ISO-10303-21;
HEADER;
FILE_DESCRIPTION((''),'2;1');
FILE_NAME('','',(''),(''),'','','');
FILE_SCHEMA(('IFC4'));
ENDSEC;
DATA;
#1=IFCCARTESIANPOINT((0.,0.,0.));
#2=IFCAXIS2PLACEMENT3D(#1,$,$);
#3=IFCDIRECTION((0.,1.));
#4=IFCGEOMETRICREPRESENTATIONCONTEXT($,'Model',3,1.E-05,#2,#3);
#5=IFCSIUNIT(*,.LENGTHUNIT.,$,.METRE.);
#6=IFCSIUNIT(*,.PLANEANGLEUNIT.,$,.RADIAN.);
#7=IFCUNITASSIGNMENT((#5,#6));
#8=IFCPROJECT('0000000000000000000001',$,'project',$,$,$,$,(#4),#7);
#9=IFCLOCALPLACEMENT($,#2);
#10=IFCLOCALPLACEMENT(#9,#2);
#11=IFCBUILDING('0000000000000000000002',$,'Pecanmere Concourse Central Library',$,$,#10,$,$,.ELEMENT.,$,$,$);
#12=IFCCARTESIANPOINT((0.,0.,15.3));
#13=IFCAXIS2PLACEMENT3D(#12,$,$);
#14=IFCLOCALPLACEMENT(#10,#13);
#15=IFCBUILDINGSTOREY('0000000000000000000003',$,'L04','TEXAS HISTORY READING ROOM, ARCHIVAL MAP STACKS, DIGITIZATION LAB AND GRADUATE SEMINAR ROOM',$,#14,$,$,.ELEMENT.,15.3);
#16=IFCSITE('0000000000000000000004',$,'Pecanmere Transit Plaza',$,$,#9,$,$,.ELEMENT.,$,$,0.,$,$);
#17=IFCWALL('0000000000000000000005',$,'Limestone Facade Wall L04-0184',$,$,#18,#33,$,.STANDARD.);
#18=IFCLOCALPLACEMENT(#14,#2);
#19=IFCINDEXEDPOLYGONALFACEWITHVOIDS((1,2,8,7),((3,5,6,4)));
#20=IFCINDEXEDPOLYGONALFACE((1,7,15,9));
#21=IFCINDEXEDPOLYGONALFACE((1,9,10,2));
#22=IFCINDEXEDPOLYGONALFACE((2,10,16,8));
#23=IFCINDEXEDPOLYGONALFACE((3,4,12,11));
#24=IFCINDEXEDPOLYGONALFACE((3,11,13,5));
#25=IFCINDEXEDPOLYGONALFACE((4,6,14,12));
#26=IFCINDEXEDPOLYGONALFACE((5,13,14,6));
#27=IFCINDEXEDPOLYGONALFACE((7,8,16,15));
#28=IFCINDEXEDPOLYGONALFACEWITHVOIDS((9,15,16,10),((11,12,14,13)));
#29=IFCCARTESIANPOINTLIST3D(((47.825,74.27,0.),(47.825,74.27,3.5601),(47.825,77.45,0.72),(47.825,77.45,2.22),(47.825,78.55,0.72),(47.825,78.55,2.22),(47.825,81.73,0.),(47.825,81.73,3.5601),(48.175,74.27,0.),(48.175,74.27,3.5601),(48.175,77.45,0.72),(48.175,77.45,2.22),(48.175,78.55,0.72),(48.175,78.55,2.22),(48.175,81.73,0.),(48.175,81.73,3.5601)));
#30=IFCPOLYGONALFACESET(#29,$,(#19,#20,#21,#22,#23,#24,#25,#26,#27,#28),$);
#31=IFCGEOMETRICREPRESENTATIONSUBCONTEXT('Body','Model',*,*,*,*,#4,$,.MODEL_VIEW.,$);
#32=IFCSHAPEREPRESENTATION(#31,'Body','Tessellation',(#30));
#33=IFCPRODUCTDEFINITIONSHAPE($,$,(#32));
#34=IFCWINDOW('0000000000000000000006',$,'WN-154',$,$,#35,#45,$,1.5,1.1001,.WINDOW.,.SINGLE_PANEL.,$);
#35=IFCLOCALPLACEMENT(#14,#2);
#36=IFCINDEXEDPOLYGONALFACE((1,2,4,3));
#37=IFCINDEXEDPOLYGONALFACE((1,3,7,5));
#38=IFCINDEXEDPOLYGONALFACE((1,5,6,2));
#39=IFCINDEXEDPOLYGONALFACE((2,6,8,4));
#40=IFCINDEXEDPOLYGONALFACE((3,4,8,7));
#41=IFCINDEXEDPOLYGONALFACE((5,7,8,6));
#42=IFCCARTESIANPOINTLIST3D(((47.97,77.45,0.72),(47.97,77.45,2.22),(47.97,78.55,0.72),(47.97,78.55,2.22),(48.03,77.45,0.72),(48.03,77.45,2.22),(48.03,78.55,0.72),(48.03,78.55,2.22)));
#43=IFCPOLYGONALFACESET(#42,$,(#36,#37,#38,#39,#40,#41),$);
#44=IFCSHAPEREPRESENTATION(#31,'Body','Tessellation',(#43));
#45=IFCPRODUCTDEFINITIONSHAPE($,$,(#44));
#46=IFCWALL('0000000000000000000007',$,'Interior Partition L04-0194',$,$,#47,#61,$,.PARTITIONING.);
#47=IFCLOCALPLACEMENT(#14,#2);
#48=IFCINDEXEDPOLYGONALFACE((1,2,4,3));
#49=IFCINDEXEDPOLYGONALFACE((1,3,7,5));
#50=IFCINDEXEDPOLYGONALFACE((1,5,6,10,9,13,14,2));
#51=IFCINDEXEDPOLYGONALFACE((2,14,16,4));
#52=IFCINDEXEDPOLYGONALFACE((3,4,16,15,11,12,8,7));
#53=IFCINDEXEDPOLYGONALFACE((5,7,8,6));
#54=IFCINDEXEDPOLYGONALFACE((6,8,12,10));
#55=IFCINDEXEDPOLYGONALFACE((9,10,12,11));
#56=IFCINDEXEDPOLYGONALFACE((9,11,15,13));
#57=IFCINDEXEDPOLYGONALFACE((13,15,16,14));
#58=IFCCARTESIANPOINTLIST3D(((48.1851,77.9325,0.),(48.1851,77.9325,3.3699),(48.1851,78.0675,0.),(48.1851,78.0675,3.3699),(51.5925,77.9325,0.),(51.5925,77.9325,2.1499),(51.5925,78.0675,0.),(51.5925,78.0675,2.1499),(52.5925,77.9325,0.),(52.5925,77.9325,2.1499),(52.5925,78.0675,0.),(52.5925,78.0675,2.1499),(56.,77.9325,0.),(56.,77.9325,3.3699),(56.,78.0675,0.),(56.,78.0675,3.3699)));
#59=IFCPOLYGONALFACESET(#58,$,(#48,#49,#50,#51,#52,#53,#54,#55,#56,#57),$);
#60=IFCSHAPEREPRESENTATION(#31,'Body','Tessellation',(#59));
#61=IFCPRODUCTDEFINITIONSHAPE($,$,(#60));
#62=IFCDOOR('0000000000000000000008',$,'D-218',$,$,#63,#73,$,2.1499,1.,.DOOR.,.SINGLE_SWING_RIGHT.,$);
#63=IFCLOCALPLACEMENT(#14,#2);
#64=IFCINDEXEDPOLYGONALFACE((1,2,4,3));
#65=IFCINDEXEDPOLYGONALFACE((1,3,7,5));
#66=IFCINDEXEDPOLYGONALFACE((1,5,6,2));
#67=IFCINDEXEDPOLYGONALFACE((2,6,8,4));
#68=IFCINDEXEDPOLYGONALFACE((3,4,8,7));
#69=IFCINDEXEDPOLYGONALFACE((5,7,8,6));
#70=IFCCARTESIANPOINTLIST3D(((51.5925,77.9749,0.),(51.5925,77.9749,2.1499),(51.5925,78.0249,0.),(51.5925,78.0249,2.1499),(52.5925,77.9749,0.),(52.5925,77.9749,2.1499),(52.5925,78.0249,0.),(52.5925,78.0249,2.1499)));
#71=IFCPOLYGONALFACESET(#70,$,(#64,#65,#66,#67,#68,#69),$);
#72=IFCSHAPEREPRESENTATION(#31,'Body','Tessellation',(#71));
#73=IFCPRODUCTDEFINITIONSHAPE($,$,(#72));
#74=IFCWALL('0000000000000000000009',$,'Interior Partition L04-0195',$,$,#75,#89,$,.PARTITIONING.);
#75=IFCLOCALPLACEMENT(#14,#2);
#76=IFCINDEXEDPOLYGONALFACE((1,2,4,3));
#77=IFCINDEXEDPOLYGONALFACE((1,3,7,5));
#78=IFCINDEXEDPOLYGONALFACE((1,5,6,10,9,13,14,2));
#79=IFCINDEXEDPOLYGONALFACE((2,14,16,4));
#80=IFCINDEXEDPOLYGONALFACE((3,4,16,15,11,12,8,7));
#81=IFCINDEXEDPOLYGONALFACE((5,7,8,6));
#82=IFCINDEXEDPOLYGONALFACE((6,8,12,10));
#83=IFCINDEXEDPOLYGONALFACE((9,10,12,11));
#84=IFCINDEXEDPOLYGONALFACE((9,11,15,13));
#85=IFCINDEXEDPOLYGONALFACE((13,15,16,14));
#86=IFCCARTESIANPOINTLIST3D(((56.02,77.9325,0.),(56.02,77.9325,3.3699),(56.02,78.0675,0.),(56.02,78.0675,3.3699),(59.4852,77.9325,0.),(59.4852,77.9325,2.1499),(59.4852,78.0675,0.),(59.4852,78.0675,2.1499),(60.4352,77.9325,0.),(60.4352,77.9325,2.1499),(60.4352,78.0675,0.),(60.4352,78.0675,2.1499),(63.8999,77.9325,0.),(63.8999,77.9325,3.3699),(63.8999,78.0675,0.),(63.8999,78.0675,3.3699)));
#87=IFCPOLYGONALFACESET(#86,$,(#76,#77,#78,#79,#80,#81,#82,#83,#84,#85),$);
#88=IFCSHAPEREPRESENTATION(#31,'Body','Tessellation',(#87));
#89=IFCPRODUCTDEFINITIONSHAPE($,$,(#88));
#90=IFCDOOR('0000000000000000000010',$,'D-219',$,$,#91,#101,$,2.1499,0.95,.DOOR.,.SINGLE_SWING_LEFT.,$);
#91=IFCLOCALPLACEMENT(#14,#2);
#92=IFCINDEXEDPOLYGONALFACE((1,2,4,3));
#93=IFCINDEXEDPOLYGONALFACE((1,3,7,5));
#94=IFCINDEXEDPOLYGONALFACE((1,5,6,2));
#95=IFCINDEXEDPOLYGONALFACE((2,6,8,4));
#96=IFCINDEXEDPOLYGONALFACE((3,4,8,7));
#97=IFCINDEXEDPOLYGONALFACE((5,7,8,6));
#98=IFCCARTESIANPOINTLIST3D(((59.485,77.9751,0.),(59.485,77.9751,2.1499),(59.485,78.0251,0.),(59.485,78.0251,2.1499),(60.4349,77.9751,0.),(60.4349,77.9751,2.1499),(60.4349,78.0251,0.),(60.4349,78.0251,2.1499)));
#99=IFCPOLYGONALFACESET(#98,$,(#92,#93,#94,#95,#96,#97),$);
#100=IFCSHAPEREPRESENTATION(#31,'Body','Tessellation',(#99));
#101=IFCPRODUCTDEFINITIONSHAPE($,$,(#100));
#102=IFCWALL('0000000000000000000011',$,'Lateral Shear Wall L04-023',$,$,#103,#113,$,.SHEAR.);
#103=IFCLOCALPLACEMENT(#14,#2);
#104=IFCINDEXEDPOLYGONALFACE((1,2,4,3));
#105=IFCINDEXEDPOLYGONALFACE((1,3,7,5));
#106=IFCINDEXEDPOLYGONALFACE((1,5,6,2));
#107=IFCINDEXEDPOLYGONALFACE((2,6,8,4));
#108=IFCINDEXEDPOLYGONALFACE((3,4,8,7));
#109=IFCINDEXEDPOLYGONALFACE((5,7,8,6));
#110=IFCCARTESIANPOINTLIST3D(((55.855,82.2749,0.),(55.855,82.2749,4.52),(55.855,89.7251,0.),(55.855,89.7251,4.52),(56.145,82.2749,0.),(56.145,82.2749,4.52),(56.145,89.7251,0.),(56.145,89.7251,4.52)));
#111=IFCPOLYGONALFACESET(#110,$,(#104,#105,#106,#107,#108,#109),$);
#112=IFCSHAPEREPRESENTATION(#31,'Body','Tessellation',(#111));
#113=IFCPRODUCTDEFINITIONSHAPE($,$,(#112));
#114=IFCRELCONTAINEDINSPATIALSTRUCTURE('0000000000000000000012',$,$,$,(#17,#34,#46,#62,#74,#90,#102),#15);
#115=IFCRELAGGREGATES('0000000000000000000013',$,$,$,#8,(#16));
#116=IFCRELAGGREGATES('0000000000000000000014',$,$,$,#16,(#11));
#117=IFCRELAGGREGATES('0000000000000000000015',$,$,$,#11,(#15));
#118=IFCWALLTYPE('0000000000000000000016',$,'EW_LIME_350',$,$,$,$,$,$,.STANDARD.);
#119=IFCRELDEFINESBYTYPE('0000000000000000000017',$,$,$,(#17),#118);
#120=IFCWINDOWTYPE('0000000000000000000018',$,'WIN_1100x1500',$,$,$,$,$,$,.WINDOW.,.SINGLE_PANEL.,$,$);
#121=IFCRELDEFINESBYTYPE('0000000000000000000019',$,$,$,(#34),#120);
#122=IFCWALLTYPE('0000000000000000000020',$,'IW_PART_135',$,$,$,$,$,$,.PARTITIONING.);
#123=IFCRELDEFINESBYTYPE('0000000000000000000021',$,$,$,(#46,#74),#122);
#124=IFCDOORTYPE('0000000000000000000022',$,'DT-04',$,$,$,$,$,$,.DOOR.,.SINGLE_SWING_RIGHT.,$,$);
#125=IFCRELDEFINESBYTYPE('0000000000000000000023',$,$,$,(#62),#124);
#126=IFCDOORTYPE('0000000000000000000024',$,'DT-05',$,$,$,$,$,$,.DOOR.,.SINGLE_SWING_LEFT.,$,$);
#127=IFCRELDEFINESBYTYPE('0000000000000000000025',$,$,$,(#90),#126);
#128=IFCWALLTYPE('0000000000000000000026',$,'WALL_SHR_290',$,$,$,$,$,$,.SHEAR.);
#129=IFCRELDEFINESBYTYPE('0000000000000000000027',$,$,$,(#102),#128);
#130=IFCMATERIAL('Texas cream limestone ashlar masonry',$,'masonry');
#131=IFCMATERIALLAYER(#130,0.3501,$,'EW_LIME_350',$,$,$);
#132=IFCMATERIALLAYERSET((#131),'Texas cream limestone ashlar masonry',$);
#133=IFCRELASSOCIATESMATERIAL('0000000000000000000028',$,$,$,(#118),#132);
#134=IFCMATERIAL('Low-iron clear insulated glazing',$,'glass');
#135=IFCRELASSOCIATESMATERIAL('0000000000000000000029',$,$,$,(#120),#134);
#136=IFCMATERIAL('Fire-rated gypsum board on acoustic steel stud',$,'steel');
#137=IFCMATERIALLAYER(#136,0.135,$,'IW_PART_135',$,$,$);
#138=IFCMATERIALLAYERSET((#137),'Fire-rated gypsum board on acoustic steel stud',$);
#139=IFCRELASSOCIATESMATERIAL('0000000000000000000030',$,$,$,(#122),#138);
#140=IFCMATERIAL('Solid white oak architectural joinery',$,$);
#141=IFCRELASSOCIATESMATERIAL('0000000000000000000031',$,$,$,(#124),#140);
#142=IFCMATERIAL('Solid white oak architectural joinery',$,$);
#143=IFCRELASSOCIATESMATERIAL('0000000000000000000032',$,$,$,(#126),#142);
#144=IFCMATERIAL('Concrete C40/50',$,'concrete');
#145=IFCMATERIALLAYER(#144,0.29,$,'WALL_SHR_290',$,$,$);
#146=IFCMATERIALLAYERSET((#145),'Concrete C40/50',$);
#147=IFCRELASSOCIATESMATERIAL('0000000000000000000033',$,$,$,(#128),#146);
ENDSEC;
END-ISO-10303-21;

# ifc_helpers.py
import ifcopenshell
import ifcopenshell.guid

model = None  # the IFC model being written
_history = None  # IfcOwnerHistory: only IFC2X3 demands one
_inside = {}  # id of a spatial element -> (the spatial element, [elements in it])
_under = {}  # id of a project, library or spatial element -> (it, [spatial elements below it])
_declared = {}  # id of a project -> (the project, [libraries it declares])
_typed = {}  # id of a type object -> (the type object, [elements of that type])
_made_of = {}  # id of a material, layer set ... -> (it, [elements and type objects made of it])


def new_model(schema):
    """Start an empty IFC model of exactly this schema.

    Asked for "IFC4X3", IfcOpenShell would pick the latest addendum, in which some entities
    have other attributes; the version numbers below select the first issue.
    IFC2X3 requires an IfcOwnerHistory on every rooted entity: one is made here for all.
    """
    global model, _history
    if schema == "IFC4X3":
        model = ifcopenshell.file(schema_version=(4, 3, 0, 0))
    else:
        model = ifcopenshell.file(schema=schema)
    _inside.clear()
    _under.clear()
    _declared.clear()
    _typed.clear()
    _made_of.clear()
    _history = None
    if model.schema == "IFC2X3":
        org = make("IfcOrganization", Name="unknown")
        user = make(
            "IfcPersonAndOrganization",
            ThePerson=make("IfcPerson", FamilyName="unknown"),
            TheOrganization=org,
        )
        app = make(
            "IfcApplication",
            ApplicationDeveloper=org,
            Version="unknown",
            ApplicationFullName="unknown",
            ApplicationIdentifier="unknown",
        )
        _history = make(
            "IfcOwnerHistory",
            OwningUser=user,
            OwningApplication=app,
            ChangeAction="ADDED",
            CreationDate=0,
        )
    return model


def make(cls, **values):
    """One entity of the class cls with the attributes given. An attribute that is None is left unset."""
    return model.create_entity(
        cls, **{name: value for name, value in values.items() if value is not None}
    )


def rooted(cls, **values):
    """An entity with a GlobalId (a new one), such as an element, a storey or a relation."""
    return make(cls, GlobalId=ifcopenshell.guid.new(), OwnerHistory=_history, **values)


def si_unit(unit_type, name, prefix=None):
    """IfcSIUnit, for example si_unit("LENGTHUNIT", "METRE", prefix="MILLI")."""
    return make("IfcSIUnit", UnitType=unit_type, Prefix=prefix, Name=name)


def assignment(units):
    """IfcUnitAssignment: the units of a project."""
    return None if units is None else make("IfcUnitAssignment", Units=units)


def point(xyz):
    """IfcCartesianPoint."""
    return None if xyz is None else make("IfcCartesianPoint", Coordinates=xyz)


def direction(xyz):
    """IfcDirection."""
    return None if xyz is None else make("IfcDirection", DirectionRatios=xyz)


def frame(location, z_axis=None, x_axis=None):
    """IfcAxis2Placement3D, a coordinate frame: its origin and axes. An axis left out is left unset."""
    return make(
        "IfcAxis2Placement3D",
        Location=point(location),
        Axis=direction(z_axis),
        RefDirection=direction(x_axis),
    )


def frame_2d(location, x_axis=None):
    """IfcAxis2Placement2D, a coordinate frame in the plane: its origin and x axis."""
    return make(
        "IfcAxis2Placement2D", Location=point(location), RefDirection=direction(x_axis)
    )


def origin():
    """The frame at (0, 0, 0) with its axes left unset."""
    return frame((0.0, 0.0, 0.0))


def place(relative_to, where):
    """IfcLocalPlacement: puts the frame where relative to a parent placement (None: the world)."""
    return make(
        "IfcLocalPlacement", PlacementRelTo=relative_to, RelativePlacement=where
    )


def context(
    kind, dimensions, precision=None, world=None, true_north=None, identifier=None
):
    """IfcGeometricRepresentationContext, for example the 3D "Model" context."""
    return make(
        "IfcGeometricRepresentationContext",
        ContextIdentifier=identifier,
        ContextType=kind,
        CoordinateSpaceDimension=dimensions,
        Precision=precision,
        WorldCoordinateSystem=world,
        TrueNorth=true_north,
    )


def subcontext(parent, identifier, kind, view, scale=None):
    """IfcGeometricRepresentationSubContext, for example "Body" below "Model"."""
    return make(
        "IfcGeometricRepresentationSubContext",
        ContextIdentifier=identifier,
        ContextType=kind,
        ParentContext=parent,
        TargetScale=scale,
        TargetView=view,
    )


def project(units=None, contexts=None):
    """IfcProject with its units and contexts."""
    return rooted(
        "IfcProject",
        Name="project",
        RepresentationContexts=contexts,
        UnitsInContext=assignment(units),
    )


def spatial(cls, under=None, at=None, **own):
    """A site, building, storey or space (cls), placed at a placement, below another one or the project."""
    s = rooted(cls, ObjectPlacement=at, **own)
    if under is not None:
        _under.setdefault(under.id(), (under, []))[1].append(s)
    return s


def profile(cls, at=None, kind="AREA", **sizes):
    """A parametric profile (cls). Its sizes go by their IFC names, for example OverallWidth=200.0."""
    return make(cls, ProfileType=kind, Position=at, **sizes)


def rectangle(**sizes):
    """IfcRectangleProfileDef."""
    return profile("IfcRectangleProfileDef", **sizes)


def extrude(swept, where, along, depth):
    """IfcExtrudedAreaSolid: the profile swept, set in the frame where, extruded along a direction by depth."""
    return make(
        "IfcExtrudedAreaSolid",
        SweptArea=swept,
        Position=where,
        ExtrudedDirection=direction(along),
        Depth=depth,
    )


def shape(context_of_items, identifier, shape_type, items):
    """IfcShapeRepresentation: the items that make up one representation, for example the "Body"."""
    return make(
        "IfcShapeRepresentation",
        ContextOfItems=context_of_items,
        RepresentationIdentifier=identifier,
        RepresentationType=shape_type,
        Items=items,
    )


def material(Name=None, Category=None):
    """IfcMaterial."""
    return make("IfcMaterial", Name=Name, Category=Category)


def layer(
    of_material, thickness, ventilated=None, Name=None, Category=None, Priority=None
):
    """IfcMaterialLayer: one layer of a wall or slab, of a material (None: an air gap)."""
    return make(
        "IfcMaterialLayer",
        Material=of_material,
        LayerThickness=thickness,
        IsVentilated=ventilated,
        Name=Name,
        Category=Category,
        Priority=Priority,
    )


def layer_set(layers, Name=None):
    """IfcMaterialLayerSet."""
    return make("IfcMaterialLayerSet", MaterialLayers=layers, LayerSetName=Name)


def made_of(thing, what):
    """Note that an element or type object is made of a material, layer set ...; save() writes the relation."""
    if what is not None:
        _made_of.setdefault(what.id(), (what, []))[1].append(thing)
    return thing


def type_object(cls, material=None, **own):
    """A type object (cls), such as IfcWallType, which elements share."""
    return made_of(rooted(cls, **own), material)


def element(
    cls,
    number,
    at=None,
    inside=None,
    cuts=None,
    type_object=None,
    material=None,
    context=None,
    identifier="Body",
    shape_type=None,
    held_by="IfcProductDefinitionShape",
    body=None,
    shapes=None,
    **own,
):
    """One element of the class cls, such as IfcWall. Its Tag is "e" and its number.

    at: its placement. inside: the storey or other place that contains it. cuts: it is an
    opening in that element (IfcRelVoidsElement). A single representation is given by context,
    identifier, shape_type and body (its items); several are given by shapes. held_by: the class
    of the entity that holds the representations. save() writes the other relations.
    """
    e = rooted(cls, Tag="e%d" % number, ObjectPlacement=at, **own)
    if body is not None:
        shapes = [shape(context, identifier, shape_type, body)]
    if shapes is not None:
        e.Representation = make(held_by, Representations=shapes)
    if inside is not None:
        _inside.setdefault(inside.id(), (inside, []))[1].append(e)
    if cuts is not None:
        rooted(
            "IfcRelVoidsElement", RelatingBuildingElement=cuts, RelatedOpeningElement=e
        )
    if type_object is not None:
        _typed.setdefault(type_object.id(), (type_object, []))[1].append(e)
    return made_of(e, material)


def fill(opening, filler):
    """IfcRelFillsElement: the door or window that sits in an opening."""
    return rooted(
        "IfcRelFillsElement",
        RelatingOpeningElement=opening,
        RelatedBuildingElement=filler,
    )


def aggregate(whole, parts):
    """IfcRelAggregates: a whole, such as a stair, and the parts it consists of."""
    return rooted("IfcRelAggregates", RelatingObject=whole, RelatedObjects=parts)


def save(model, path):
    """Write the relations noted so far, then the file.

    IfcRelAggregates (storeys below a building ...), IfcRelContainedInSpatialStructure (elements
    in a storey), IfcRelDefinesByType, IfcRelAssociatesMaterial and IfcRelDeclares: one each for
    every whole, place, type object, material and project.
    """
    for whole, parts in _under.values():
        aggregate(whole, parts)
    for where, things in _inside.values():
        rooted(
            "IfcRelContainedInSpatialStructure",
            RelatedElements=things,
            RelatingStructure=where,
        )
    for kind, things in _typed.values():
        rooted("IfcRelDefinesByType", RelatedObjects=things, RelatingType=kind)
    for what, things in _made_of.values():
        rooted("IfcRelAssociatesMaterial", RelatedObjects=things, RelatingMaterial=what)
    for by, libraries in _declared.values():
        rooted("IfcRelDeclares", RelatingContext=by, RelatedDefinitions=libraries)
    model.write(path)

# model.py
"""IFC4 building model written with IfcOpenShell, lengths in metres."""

from ifc_helpers import new_model, si_unit, direction, frame, frame_2d, origin, place, context, subcontext, project, spatial, rectangle, extrude, material, layer, layer_set, type_object, element, fill, save


model = new_model("IFC4")

# Units and contexts
model_context = context("Model", 3, precision=1e-05, world=origin(), true_north=direction((0.0, 1.0)))
body_context = subcontext(model_context, "Body", "Model", "MODEL_VIEW")
ifc_project = project(units=[si_unit("LENGTHUNIT", "METRE"), si_unit("PLANEANGLEUNIT", "RADIAN")], contexts=[model_context])

# Site, building, storey
site_placement = place(None, origin())
site = spatial("IfcSite", under=ifc_project, at=site_placement, Name="Pecanmere Transit Plaza", CompositionType="ELEMENT", RefElevation=0.0)
building_placement = place(site_placement, origin())
building = spatial("IfcBuilding", under=site, at=building_placement, Name="Pecanmere Concourse Central Library", CompositionType="ELEMENT")
storey_placement = place(building_placement, frame((0.0, 0.0, 15.3)))
storey = spatial("IfcBuildingStorey", under=building, at=storey_placement, Name="L04", Description="TEXAS HISTORY READING ROOM, ARCHIVAL MAP STACKS, DIGITIZATION LAB AND GRADUATE SEMINAR ROOM", CompositionType="ELEMENT", Elevation=15.3)

# Wall, opening, window
ifc_material_1 = material(Name="Texas cream limestone ashlar masonry", Category="masonry")
ifc_layer_1 = layer(ifc_material_1, 0.3501, Name="EW_LIME_350")
ifc_layer_set_1 = layer_set([ifc_layer_1], Name="Texas cream limestone ashlar masonry")
wall_type_1 = type_object("IfcWallType", Name="EW_LIME_350", PredefinedType="STANDARD", material=ifc_layer_set_1)
wall_1_placement = place(storey_placement, frame((48.0, 81.73, 0.0), z_axis=(0.0, 0.0, 1.0), x_axis=(0.0, -1.0, 0.0)))
wall_1 = element("IfcWall", 1, at=wall_1_placement, inside=storey, type_object=wall_type_1, Name="Limestone Facade Wall L04-0184", PredefinedType="STANDARD", context=body_context, shape_type="SweptSolid", body=[
    extrude(rectangle(XDim=7.46, YDim=0.3501, at=frame_2d((3.73, 0.0))), origin(), (0.0, 0.0, 1.0), 3.5601),
])
opening_1_placement = place(wall_1_placement, frame((3.1799, 0.0, 0.72)))
opening_1 = element("IfcOpeningElement", 2, at=opening_1_placement, cuts=wall_1, PredefinedType="OPENING", context=body_context, shape_type="SweptSolid", body=[
    extrude(rectangle(XDim=1.1001, YDim=1.5, at=frame_2d((0.55, 0.75))), frame((0.0, 0.187, 0.0), z_axis=(0.0, -1.0, 0.0), x_axis=(1.0, 0.0, 0.0)), (0.0, 0.0, 1.0), 0.374),
])
ifc_material_2 = material(Name="Low-iron clear insulated glazing", Category="glass")
window_type = type_object("IfcWindowType", Name="WIN_1100x1500", PartitioningType="SINGLE_PANEL", PredefinedType="WINDOW", material=ifc_material_2)
window_placement = place(opening_1_placement, origin())
window = element("IfcWindow", 3, at=window_placement, inside=storey, type_object=window_type, Name="WN-154", OverallHeight=1.5, OverallWidth=1.1001, PartitioningType="SINGLE_PANEL", PredefinedType="WINDOW", context=body_context, shape_type="SweptSolid", body=[
    extrude(rectangle(XDim=1.1001, YDim=1.5, at=frame_2d((0.55, 0.75))), frame((0.0, 0.03, 0.0), z_axis=(0.0, -1.0, 0.0), x_axis=(1.0, 0.0, 0.0)), (0.0, 0.0, 1.0), 0.0601),
])
fill(opening_1, window)

# Walls, openings, doors
ifc_material_3 = material(Name="Fire-rated gypsum board on acoustic steel stud", Category="steel")
ifc_layer_2 = layer(ifc_material_3, 0.135, Name="IW_PART_135")
ifc_layer_set_2 = layer_set([ifc_layer_2], Name="Fire-rated gypsum board on acoustic steel stud")
wall_type_2 = type_object("IfcWallType", Name="IW_PART_135", PredefinedType="PARTITIONING", material=ifc_layer_set_2)
wall_2_placement = place(storey_placement, frame((48.1851, 78.0, 0.0), z_axis=(0.0, 0.0, 1.0), x_axis=(1.0, 0.0, 0.0)))
wall_2 = element("IfcWall", 4, at=wall_2_placement, inside=storey, type_object=wall_type_2, Name="Interior Partition L04-0194", PredefinedType="PARTITIONING", context=body_context, shape_type="SweptSolid", body=[
    extrude(rectangle(XDim=7.8149, YDim=0.135, at=frame_2d((3.9075, 0.0))), origin(), (0.0, 0.0, 1.0), 3.3699),
])
opening_2_placement = place(wall_2_placement, frame((3.4075, 0.0, 0.0)))
opening_2 = element("IfcOpeningElement", 5, at=opening_2_placement, cuts=wall_2, PredefinedType="OPENING", context=body_context, shape_type="SweptSolid", body=[
    extrude(rectangle(XDim=1.0, YDim=2.1499, at=frame_2d((0.5, 1.075))), frame((0.0, 0.0796, 0.0), z_axis=(0.0, -1.0, 0.0), x_axis=(1.0, 0.0, 0.0)), (0.0, 0.0, 1.0), 0.1589),
])
ifc_material_4 = material(Name="Solid white oak architectural joinery")
door_type_1 = type_object("IfcDoorType", Name="DT-04", OperationType="SINGLE_SWING_RIGHT", PredefinedType="DOOR", material=ifc_material_4)
door_1_placement = place(opening_2_placement, origin())
door_1 = element("IfcDoor", 6, at=door_1_placement, inside=storey, type_object=door_type_1, Name="D-218", OperationType="SINGLE_SWING_RIGHT", OverallHeight=2.1499, OverallWidth=1.0, PredefinedType="DOOR", context=body_context, shape_type="SweptSolid", body=[
    extrude(rectangle(XDim=1.0, YDim=2.1499, at=frame_2d((0.5, 1.075))), frame((0.0, 0.0249, 0.0), z_axis=(0.0, -1.0, 0.0), x_axis=(1.0, 0.0, 0.0)), (0.0, 0.0, 1.0), 0.05),
])
fill(opening_2, door_1)
wall_3_placement = place(storey_placement, frame((56.02, 78.0, 0.0), z_axis=(0.0, 0.0, 1.0), x_axis=(1.0, 0.0, 0.0)))
wall_3 = element("IfcWall", 7, at=wall_3_placement, inside=storey, type_object=wall_type_2, Name="Interior Partition L04-0195", PredefinedType="PARTITIONING", context=body_context, shape_type="SweptSolid", body=[
    extrude(rectangle(XDim=7.8799, YDim=0.135, at=frame_2d((3.9399, 0.0))), origin(), (0.0, 0.0, 1.0), 3.3699),
])
opening_3_placement = place(wall_3_placement, frame((3.4651, 0.0, 0.0)))
opening_3 = element("IfcOpeningElement", 8, at=opening_3_placement, cuts=wall_3, PredefinedType="OPENING", context=body_context, shape_type="SweptSolid", body=[
    extrude(rectangle(XDim=0.95, YDim=2.1499, at=frame_2d((0.4751, 1.075))), frame((0.0, 0.0796, 0.0), z_axis=(0.0, -1.0, 0.0), x_axis=(1.0, 0.0, 0.0)), (0.0, 0.0, 1.0), 0.1589),
])
ifc_material_5 = material(Name="Solid white oak architectural joinery")
door_type_2 = type_object("IfcDoorType", Name="DT-05", OperationType="SINGLE_SWING_LEFT", PredefinedType="DOOR", material=ifc_material_5)
door_2_placement = place(opening_3_placement, frame((0.95, 0.0, 0.0), z_axis=(0.0, 0.0, 1.0), x_axis=(-1.0, 0.0, 0.0)))
door_2 = element("IfcDoor", 9, at=door_2_placement, inside=storey, type_object=door_type_2, Name="D-219", OperationType="SINGLE_SWING_LEFT", OverallHeight=2.1499, OverallWidth=0.95, PredefinedType="DOOR", context=body_context, shape_type="SweptSolid", body=[
    extrude(rectangle(XDim=0.95, YDim=2.1499, at=frame_2d((0.4751, 1.075))), frame((0.0, 0.0249, 0.0), z_axis=(0.0, -1.0, 0.0), x_axis=(1.0, 0.0, 0.0)), (0.0, 0.0, 1.0), 0.05),
])
fill(opening_3, door_2)

# Wall
ifc_material_6 = material(Name="Concrete C40/50", Category="concrete")
ifc_layer_3 = layer(ifc_material_6, 0.29, Name="WALL_SHR_290")
ifc_layer_set_3 = layer_set([ifc_layer_3], Name="Concrete C40/50")
wall_type_3 = type_object("IfcWallType", Name="WALL_SHR_290", PredefinedType="SHEAR", material=ifc_layer_set_3)
wall_4_placement = place(storey_placement, frame((56.0, 82.2749, 0.0), z_axis=(0.0, 0.0, 1.0), x_axis=(0.0, 1.0, 0.0)))
element("IfcWall", 10, at=wall_4_placement, inside=storey, type_object=wall_type_3, Name="Lateral Shear Wall L04-023", PredefinedType="SHEAR", context=body_context, shape_type="SweptSolid", body=[
    extrude(rectangle(XDim=7.4502, YDim=0.29, at=frame_2d((3.7251, 0.0))), origin(), (0.0, 0.0, 1.0), 4.52),
])

save(model, "model.ifc")
